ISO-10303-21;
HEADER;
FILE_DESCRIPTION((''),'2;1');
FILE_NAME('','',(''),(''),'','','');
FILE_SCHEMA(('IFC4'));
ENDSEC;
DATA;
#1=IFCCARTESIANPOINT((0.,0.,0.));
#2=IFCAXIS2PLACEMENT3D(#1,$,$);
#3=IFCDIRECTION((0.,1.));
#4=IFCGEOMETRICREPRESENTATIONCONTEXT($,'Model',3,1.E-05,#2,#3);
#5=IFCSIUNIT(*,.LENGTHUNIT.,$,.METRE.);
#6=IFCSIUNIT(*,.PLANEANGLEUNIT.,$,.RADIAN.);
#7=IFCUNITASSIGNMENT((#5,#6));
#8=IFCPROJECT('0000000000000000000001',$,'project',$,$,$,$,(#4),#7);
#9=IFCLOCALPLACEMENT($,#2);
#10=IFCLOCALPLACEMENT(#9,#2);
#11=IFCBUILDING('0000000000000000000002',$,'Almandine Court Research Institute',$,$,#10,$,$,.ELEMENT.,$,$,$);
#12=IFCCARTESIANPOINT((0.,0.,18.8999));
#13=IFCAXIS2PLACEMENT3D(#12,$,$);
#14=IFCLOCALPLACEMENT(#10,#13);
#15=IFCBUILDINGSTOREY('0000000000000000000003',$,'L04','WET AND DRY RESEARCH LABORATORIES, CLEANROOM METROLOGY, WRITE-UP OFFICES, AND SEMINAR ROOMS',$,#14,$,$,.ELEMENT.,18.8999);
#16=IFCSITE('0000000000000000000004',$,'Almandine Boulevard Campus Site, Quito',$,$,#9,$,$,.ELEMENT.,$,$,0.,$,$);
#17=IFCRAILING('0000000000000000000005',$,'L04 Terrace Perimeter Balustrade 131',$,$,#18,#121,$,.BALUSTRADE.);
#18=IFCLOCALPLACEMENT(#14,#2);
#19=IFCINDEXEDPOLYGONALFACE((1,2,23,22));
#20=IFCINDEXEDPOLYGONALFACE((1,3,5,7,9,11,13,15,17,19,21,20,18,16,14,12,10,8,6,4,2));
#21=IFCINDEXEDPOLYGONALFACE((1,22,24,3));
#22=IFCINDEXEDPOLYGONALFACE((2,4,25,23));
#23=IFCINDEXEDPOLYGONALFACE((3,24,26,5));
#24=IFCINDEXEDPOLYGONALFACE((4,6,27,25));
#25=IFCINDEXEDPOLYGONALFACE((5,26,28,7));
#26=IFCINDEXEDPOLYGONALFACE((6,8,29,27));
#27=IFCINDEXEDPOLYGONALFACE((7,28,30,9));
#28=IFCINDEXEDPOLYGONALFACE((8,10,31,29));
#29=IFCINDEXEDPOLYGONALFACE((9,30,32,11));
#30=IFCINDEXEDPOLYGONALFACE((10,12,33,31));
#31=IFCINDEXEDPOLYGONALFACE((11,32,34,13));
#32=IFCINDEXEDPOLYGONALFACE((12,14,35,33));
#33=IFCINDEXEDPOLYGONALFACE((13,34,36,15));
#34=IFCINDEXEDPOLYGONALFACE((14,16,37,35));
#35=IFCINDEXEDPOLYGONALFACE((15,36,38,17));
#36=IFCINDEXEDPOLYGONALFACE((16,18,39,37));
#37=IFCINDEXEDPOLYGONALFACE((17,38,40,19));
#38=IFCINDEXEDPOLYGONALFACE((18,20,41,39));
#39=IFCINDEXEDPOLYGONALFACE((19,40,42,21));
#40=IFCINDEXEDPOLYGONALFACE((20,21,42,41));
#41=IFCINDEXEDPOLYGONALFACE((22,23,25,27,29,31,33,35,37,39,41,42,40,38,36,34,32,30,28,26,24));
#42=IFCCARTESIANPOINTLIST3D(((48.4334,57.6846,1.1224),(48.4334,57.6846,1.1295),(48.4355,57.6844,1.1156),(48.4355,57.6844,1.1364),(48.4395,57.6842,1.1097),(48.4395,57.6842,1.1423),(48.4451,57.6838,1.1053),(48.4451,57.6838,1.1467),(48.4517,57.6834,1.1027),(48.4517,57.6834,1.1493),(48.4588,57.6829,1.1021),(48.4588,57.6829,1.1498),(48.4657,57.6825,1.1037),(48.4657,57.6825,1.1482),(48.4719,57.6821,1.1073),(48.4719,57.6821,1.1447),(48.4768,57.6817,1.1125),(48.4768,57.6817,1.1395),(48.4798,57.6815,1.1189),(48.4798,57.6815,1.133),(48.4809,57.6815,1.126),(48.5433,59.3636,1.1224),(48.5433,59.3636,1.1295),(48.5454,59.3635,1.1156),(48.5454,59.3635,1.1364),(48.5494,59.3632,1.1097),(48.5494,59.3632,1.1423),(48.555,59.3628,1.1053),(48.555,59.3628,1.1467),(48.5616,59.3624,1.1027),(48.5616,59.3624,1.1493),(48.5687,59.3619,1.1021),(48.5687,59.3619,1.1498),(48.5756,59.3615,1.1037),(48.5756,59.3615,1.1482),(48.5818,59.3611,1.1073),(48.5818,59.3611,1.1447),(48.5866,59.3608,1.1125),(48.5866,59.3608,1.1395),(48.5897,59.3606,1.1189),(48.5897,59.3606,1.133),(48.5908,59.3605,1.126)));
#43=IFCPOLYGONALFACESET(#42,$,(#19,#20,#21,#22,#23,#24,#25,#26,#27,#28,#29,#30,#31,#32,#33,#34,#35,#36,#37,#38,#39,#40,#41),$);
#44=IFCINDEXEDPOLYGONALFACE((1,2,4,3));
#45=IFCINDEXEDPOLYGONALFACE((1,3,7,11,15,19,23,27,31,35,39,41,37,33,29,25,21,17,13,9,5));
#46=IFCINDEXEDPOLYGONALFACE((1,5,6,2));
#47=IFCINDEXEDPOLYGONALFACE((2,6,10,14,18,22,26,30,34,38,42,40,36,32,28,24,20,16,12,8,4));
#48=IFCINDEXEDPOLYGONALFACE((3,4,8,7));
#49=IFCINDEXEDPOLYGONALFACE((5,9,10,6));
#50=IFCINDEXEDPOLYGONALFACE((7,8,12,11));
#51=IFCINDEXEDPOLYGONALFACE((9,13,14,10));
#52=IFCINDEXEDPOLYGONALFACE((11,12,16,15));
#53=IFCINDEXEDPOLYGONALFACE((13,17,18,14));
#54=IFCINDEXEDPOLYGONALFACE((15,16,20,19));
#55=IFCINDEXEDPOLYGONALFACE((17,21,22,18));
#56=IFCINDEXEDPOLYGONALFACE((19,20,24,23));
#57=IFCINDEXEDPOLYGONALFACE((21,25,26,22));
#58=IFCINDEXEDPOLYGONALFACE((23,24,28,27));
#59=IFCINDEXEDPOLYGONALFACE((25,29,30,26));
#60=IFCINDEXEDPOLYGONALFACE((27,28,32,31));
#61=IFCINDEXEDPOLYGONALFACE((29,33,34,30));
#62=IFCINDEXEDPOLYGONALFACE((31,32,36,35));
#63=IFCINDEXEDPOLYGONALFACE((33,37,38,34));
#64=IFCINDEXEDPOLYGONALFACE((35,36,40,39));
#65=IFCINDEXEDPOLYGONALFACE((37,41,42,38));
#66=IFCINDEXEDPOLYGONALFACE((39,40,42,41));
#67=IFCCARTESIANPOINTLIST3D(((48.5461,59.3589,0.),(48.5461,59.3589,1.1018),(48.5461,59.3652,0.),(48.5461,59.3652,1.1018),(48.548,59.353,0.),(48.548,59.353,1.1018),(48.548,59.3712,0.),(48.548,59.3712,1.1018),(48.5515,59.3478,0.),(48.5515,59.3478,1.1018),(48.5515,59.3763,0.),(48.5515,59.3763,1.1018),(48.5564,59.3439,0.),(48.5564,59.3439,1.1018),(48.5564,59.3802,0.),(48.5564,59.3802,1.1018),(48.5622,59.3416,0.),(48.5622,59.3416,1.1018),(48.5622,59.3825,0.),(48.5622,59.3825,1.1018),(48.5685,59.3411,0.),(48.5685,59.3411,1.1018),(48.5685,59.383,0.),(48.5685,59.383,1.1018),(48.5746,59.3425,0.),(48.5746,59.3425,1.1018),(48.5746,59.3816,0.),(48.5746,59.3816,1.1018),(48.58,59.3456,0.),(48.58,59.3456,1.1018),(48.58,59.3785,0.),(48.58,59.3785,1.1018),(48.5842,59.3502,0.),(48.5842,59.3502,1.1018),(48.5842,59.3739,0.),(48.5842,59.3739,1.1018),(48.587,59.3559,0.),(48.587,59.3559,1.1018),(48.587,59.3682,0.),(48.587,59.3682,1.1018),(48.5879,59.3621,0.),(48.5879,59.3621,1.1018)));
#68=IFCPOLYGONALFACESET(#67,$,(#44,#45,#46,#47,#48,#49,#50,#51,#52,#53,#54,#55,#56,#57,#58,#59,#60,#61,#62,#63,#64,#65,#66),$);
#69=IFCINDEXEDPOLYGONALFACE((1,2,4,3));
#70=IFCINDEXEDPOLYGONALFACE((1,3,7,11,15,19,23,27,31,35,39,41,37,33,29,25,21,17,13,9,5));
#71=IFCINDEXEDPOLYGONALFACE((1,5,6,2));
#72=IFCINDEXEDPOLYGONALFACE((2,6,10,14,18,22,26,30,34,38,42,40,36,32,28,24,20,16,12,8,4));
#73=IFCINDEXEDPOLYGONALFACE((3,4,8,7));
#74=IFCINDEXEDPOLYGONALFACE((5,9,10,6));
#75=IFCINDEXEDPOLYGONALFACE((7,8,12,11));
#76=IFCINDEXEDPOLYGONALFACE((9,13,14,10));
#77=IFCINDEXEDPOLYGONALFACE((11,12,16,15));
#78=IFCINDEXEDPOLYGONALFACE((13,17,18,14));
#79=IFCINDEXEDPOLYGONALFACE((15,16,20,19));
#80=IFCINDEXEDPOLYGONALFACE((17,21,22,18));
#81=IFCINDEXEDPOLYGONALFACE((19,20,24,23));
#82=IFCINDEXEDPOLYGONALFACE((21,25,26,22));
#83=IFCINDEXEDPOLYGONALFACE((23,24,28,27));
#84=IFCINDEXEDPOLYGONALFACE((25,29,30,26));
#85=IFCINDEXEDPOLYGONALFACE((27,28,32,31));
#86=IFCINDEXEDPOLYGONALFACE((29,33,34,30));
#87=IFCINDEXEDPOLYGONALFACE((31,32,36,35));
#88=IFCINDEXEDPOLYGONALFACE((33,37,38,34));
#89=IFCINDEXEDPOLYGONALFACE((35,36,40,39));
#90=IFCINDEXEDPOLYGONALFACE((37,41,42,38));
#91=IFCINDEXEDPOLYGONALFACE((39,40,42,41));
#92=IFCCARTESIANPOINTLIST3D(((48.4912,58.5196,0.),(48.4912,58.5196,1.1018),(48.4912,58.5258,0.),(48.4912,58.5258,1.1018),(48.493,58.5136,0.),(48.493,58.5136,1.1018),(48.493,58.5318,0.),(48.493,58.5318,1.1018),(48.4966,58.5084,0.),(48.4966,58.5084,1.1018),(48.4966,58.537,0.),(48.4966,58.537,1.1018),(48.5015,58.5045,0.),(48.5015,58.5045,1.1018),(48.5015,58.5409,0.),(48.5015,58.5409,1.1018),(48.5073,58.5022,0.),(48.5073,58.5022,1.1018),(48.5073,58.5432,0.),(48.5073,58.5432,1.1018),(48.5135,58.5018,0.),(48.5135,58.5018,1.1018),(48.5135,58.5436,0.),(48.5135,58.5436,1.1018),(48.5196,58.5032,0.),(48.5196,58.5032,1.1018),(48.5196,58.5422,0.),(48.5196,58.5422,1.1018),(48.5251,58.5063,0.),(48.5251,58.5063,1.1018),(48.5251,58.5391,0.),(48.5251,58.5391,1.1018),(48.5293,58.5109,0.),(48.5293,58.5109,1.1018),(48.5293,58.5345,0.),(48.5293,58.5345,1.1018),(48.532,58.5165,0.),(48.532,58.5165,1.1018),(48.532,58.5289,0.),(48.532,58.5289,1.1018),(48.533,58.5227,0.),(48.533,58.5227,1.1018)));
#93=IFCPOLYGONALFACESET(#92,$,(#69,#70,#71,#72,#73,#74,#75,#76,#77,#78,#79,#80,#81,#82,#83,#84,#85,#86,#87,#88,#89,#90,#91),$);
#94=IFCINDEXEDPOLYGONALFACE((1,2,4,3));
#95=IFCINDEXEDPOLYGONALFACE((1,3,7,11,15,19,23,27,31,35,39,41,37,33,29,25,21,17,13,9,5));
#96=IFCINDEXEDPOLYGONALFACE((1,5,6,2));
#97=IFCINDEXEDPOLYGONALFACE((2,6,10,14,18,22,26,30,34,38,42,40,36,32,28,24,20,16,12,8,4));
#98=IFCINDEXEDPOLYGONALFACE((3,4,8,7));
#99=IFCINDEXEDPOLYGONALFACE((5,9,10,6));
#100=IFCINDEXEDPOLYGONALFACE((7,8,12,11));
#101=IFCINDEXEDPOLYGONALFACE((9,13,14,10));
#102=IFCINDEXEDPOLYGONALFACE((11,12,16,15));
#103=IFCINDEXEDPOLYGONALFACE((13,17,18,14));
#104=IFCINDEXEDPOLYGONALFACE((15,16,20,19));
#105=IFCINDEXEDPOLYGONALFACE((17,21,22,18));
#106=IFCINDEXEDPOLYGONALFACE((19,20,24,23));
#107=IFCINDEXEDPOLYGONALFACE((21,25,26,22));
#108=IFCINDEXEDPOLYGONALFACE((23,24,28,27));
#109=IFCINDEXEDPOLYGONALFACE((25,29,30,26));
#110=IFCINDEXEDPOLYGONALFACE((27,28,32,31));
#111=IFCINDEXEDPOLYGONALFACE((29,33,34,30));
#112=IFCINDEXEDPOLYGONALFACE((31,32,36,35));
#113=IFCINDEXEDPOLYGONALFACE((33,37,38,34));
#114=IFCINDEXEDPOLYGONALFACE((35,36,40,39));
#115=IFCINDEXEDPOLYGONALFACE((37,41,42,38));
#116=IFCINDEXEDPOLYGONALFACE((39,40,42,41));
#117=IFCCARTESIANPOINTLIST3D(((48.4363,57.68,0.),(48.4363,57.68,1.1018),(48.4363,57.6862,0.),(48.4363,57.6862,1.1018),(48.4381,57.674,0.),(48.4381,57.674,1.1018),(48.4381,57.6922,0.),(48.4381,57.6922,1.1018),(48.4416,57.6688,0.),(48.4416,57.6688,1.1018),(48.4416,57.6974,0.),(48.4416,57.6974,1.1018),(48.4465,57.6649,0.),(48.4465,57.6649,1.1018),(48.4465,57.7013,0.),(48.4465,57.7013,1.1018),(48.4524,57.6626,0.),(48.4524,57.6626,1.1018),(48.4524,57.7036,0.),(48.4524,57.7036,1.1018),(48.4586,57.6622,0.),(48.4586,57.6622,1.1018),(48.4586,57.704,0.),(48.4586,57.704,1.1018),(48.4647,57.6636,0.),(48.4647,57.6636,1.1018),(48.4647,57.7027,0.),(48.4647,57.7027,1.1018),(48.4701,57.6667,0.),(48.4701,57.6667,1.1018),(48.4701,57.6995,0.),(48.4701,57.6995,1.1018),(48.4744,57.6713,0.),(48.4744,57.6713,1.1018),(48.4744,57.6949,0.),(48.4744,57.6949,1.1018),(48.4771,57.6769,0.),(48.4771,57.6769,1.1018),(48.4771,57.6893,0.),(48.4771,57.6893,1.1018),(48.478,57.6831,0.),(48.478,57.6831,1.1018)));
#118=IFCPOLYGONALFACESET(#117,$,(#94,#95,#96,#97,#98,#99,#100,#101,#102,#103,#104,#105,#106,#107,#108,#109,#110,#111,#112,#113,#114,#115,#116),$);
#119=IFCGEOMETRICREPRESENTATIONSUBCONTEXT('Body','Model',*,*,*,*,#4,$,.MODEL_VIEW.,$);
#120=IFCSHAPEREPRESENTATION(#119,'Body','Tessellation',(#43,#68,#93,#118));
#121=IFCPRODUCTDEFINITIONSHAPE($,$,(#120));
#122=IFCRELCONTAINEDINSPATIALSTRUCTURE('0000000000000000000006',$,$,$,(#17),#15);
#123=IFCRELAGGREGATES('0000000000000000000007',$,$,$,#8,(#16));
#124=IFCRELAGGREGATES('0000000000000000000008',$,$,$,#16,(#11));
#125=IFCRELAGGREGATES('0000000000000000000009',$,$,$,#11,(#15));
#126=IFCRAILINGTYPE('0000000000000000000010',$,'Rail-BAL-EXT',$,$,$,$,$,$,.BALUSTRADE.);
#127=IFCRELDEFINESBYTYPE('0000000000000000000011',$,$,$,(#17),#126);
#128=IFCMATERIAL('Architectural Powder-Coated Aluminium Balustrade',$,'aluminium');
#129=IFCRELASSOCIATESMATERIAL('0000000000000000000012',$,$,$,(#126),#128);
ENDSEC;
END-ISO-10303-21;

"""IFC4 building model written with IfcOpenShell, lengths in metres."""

from ifc_helpers import new_model, si_unit, direction, frame, origin, origin_2d, place, context, subcontext, project, spatial, circle, extrude, material, type_object, element, save


model = new_model("IFC4")

# Units and contexts
model_context = context("Model", 3, precision=1e-05, world=origin(), true_north=direction((0.0, 1.0)))
body_context = subcontext(model_context, "Body", "Model", "MODEL_VIEW")
ifc_project = project(units=[si_unit("LENGTHUNIT", "METRE"), si_unit("PLANEANGLEUNIT", "RADIAN")], contexts=[model_context])

# Site, building, storey
site_placement = place(None, origin())
site = spatial("IfcSite", under=ifc_project, at=site_placement, Name="Almandine Boulevard Campus Site, Quito", CompositionType="ELEMENT", RefElevation=0.0)
building_placement = place(site_placement, origin())
building = spatial("IfcBuilding", under=site, at=building_placement, Name="Almandine Court Research Institute", CompositionType="ELEMENT")
storey_placement = place(building_placement, frame((0.0, 0.0, 18.8999)))
storey = spatial("IfcBuildingStorey", under=building, at=storey_placement, Name="L04", Description="WET AND DRY RESEARCH LABORATORIES, CLEANROOM METROLOGY, WRITE-UP OFFICES, AND SEMINAR ROOMS", CompositionType="ELEMENT", Elevation=18.8999)

# Railing
ifc_material_1 = material(Name="Architectural Powder-Coated Aluminium Balustrade", Category="aluminium")
railing_type = type_object("IfcRailingType", Name="Rail-BAL-EXT", PredefinedType="BALUSTRADE", material=ifc_material_1)
railing_1_placement = place(storey_placement, frame((48.5669, 59.3621, 0.0)))
element("IfcRailing", 1, at=railing_1_placement, inside=storey, type_object=railing_type, Name="L04 Terrace Perimeter Balustrade 131", PredefinedType="BALUSTRADE", context=body_context, shape_type="SweptSolid", body=[
    extrude(circle(Radius=0.0239, at=origin_2d()), frame((0.0, 0.0, 1.126), z_axis=(-0.065296, -0.997866, 0.0), x_axis=(0.997866, -0.065296, 0.0)), (0.0, 0.0, 1.0), 1.6826),
    extrude(circle(Radius=0.021, at=origin_2d()), origin(), (0.0, 0.0, 1.0), 1.1018),
    extrude(circle(Radius=0.021, at=origin_2d()), frame((-0.0549, -0.8394, 0.0)), (0.0, 0.0, 1.0), 1.1018),
    extrude(circle(Radius=0.021, at=origin_2d()), frame((-0.1099, -1.679, 0.0)), (0.0, 0.0, 1.0), 1.1018),
])

save(model, "model.ifc")
